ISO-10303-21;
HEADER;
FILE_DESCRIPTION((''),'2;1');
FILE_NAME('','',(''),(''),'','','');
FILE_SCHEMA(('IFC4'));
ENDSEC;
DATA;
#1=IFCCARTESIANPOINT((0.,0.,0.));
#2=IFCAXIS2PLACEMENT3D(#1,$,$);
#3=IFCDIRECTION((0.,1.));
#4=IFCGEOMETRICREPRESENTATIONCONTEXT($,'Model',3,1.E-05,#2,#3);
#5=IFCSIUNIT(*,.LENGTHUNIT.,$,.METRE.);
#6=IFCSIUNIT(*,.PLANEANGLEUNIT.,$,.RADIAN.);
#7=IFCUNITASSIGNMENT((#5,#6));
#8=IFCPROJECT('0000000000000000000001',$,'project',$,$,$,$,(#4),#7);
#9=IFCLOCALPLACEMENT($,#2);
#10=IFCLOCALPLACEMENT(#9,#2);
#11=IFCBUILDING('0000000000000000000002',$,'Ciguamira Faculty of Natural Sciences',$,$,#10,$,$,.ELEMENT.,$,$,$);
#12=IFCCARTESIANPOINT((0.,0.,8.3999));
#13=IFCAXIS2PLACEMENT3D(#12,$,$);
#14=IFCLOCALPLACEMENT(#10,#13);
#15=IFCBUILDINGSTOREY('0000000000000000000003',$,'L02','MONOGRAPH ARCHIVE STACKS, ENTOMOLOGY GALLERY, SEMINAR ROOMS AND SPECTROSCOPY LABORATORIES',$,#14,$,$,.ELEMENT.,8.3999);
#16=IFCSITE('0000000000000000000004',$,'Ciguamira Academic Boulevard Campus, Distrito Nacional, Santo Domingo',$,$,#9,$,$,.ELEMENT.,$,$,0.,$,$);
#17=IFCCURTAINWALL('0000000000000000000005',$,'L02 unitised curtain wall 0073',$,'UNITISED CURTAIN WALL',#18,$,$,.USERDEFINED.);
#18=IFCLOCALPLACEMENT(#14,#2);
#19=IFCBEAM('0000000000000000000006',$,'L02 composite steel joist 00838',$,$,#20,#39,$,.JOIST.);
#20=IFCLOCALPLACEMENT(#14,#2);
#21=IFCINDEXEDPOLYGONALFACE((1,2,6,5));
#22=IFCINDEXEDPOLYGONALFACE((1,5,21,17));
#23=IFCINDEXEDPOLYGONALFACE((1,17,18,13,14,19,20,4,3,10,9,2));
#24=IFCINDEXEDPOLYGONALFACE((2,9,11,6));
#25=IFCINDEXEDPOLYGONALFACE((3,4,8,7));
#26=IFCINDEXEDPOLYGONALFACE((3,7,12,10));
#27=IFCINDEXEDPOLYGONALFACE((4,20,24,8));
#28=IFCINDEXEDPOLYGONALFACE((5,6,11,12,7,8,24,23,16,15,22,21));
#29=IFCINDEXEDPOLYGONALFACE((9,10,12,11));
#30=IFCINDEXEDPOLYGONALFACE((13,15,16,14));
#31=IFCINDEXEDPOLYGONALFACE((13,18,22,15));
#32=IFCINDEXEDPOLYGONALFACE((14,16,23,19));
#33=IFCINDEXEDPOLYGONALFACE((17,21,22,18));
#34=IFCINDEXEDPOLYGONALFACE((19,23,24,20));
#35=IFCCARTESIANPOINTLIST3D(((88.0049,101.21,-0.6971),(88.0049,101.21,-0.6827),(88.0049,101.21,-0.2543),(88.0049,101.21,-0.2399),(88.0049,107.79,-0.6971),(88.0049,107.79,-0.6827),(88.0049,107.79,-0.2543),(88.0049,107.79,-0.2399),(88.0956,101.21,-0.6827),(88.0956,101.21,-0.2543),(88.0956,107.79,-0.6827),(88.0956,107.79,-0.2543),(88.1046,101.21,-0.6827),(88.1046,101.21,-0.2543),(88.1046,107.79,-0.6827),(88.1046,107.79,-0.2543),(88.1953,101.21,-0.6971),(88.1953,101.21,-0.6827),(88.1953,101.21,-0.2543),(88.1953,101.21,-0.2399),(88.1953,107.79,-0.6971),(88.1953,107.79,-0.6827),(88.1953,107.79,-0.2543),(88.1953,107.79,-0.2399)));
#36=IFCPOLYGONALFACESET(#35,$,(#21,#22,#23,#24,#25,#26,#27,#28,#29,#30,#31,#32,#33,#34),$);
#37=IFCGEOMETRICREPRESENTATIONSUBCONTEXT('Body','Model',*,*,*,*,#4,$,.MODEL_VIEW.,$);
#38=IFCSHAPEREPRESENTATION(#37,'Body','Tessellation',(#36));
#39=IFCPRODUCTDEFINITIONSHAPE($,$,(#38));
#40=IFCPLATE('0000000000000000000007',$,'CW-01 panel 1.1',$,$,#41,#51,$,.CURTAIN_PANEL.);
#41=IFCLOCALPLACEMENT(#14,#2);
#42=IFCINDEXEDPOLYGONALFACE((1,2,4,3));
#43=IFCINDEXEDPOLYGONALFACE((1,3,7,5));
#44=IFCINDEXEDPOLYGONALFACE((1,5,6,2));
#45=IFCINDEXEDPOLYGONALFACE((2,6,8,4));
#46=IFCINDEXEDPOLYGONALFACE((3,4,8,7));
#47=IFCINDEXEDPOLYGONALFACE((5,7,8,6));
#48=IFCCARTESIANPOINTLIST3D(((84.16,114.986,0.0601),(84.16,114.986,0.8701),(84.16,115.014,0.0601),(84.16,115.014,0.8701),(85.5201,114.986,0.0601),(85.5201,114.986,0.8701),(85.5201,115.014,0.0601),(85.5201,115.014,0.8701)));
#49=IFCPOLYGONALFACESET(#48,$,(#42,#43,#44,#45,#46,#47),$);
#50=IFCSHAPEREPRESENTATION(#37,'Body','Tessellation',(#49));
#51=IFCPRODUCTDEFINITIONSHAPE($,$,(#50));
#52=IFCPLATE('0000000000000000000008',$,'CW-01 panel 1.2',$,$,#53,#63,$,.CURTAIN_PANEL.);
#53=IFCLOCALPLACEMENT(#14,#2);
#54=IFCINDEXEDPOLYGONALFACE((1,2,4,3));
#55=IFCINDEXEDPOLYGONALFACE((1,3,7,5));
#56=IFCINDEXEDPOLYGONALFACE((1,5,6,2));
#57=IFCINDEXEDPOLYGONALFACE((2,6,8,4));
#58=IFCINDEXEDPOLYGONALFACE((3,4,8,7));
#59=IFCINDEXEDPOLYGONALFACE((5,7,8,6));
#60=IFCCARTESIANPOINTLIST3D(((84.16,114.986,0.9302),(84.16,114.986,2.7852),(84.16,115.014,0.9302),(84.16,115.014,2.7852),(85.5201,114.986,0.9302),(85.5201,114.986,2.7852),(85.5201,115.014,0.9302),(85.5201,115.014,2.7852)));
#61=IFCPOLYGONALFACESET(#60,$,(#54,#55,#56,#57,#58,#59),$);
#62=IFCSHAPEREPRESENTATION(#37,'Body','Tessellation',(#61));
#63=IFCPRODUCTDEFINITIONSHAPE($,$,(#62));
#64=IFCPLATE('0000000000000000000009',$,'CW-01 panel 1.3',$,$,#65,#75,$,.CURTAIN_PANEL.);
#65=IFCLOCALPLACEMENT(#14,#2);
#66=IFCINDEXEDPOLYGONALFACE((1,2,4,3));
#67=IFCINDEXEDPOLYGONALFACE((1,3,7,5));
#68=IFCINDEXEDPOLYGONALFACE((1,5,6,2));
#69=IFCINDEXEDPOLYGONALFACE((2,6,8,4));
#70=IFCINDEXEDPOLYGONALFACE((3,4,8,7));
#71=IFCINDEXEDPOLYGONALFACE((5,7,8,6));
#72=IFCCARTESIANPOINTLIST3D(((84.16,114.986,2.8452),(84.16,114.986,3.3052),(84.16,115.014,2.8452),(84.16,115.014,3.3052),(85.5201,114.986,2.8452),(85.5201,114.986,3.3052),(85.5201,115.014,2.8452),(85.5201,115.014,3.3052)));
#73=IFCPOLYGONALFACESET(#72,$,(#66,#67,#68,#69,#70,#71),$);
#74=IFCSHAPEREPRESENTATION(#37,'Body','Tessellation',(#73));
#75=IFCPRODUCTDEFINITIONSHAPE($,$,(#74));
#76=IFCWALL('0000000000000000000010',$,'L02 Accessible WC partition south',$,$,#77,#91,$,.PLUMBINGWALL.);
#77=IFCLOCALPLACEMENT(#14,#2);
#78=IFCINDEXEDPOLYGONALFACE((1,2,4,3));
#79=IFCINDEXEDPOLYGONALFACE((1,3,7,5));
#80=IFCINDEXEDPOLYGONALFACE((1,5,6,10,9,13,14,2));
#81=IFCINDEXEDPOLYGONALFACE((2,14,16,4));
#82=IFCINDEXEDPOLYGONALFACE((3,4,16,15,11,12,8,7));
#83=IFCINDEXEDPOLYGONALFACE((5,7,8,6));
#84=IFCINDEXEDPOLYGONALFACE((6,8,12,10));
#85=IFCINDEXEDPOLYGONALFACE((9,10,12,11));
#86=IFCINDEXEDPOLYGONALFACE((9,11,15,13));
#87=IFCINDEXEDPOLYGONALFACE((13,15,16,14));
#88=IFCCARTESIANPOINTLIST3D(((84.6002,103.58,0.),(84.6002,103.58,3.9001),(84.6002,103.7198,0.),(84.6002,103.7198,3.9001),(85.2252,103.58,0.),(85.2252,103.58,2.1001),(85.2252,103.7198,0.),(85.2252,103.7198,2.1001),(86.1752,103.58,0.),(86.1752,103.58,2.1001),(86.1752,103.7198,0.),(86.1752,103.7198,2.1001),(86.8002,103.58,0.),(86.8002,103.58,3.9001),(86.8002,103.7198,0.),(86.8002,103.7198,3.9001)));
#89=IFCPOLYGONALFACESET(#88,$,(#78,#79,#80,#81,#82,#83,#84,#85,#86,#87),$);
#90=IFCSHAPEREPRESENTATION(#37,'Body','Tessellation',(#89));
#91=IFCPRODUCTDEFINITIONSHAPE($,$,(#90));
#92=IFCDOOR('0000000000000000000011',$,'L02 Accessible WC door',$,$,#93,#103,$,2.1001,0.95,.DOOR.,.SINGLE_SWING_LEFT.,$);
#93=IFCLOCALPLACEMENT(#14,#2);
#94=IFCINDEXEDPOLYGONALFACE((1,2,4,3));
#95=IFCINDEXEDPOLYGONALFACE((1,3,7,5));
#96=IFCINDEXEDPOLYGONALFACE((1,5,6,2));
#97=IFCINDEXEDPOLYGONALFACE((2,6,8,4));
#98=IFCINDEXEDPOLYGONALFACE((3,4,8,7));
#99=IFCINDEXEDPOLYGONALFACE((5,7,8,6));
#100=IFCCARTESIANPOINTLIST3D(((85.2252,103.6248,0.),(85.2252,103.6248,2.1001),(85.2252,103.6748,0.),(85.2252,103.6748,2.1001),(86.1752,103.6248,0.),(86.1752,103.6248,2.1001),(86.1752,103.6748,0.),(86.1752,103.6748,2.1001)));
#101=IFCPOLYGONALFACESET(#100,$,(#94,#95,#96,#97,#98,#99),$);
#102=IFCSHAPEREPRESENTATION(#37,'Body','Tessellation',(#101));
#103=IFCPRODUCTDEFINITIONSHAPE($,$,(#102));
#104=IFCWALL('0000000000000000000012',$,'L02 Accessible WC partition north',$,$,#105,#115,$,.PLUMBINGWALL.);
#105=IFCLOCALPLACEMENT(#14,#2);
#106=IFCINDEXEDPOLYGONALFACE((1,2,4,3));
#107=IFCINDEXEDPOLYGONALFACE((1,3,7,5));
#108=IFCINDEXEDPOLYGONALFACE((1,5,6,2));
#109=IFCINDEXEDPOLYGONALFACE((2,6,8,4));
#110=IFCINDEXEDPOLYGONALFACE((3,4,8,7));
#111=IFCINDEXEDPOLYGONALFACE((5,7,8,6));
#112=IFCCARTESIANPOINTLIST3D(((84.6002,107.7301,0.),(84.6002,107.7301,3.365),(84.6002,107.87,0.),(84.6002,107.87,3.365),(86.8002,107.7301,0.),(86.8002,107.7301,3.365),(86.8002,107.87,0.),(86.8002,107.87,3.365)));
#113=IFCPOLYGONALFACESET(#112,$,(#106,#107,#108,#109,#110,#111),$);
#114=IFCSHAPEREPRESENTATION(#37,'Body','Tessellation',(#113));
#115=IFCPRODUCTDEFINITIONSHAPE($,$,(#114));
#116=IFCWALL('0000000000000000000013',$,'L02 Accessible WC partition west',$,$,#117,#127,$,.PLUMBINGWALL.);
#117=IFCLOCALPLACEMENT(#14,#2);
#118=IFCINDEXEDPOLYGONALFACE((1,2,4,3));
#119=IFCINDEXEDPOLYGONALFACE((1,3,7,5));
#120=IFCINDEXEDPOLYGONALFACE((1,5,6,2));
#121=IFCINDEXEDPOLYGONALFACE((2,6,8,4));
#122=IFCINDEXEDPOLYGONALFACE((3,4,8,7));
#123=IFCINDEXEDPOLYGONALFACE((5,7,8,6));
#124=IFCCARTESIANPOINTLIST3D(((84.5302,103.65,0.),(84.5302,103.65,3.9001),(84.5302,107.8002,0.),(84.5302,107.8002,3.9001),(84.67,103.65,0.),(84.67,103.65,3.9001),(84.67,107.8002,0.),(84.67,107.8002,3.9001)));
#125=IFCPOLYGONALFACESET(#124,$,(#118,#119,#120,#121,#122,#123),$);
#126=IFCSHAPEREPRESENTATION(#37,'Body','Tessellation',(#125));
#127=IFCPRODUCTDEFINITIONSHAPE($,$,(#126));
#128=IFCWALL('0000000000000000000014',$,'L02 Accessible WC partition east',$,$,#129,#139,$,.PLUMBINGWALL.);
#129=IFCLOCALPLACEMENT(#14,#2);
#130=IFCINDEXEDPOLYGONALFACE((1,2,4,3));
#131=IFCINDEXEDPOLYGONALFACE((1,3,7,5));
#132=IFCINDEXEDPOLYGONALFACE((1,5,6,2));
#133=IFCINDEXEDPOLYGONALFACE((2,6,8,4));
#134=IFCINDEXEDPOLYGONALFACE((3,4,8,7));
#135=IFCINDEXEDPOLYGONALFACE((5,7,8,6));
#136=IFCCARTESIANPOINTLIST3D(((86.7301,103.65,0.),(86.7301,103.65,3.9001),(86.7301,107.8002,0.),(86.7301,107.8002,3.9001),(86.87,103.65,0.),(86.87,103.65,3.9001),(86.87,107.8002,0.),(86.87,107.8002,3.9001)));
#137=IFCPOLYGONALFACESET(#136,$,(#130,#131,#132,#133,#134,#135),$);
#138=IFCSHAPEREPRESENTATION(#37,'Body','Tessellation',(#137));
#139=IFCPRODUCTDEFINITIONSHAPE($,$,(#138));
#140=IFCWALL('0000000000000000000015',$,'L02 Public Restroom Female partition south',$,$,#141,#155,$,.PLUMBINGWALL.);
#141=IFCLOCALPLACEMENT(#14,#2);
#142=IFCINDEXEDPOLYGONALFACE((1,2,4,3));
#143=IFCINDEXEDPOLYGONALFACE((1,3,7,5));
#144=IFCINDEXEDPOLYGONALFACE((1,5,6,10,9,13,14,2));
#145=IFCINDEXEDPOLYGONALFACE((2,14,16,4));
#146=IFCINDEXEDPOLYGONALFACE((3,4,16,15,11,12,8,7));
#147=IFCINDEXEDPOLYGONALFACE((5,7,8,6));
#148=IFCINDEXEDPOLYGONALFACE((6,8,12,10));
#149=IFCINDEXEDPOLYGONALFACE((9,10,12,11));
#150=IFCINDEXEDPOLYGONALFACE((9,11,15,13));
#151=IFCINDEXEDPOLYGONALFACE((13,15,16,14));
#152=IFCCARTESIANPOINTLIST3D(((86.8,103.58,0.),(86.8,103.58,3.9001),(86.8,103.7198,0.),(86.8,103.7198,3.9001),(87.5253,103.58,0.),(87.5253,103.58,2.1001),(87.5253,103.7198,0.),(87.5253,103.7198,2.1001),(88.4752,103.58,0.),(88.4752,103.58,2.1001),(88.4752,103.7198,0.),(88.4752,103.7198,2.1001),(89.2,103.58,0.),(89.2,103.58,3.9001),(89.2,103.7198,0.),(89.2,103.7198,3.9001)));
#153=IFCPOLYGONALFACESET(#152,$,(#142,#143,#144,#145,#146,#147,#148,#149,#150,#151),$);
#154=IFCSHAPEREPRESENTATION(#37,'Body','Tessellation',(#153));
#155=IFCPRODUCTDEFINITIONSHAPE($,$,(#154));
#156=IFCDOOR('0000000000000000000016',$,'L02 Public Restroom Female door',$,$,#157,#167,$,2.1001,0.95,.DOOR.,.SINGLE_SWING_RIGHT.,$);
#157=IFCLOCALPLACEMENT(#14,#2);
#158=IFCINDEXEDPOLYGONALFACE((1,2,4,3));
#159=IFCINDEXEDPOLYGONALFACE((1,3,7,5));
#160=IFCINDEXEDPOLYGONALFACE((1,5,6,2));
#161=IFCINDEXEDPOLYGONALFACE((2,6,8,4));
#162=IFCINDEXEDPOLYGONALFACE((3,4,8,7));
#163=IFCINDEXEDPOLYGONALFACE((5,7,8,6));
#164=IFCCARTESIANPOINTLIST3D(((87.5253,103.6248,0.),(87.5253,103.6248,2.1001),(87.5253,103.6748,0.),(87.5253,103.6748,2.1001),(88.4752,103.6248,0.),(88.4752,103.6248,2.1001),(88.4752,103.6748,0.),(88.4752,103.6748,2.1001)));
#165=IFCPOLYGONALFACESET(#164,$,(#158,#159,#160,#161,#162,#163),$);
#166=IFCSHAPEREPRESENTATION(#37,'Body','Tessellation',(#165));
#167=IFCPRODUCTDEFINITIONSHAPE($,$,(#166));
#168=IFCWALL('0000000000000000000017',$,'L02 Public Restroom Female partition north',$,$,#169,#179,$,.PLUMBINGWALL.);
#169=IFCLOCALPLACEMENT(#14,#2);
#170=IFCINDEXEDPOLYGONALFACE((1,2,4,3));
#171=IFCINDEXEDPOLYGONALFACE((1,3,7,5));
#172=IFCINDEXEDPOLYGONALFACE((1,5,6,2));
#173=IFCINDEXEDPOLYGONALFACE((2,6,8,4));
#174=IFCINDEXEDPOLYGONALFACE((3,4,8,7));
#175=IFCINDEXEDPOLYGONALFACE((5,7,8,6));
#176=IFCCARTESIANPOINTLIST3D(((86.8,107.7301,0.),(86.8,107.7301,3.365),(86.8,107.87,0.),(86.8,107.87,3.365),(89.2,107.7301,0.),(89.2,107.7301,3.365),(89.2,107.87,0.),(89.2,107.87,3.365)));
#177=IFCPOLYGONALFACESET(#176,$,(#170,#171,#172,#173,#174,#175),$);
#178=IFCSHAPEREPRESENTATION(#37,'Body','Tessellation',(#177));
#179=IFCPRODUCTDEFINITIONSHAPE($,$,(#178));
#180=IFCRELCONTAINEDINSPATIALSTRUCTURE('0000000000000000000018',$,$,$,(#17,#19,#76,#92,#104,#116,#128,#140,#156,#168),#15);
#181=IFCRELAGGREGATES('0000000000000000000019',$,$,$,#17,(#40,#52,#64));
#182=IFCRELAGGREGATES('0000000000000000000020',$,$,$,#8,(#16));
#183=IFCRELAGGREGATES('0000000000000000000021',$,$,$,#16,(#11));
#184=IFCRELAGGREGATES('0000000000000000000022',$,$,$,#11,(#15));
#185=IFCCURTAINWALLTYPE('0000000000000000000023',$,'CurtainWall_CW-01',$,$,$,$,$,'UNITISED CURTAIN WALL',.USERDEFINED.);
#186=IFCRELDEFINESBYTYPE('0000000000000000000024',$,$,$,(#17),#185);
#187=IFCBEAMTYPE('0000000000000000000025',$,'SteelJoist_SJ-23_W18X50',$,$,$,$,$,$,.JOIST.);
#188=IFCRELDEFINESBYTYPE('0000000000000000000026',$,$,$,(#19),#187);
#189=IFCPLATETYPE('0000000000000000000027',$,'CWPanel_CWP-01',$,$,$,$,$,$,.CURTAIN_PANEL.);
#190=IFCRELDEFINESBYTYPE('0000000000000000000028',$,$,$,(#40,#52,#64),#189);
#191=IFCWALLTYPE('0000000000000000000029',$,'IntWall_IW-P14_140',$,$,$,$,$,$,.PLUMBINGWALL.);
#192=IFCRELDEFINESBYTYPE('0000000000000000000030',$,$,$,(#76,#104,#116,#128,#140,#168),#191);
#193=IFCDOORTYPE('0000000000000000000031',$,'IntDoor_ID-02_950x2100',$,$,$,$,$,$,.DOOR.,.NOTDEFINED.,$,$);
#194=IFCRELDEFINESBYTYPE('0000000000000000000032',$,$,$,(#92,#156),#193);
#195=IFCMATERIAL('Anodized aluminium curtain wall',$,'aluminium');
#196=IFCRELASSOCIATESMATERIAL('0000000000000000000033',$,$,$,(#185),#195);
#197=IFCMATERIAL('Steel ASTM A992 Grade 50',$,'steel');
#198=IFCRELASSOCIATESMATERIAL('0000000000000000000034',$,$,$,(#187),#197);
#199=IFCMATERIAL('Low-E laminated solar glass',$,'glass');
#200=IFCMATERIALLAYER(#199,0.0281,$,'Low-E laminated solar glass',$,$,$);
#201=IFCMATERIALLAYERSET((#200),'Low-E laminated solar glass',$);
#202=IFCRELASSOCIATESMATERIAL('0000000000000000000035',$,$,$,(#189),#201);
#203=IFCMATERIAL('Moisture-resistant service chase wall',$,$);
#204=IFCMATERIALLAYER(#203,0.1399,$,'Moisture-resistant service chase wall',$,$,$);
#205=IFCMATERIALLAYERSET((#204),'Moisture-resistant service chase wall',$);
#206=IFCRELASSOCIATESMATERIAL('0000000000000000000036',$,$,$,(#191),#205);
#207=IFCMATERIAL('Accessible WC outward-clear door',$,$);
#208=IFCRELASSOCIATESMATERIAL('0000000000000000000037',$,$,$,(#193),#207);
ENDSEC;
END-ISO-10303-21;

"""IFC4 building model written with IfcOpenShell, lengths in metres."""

from ifc_helpers import new_model, si_unit, direction, frame, frame_2d, origin, origin_2d, place, context, subcontext, project, spatial, rectangle, i_section, extrude, material, layer, layer_set, material_profile, profile_set, type_object, element, fill, aggregate, save


model = new_model("IFC4")

# Units and contexts
model_context = context("Model", 3, precision=1e-05, world=origin(), true_north=direction((0.0, 1.0)))
body_context = subcontext(model_context, "Body", "Model", "MODEL_VIEW")
ifc_project = project(units=[si_unit("LENGTHUNIT", "METRE"), si_unit("PLANEANGLEUNIT", "RADIAN")], contexts=[model_context])

# Site, building, storey
site_placement = place(None, origin())
site = spatial("IfcSite", under=ifc_project, at=site_placement, Name="Ciguamira Academic Boulevard Campus, Distrito Nacional, Santo Domingo", CompositionType="ELEMENT", RefElevation=0.0)
building_placement = place(site_placement, origin())
building = spatial("IfcBuilding", under=site, at=building_placement, Name="Ciguamira Faculty of Natural Sciences", CompositionType="ELEMENT")
storey_placement = place(building_placement, frame((0.0, 0.0, 8.3999)))
storey = spatial("IfcBuildingStorey", under=building, at=storey_placement, Name="L02", Description="MONOGRAPH ARCHIVE STACKS, ENTOMOLOGY GALLERY, SEMINAR ROOMS AND SPECTROSCOPY LABORATORIES", CompositionType="ELEMENT", Elevation=8.3999)

# Curtain wall
ifc_material_1 = material(Name="Anodized aluminium curtain wall", Category="aluminium")
curtain_wall_type = type_object("IfcCurtainWallType", Name="CurtainWall_CW-01", ElementType="UNITISED CURTAIN WALL", PredefinedType="USERDEFINED", material=ifc_material_1)
curtain_wall_placement = place(storey_placement, origin())
curtain_wall = element("IfcCurtainWall", 1, at=curtain_wall_placement, inside=storey, type_object=curtain_wall_type, Name="L02 unitised curtain wall 0073", ObjectType="UNITISED CURTAIN WALL", PredefinedType="USERDEFINED")

# Beam
ifc_material_2 = material(Name="Steel ASTM A992 Grade 50", Category="steel")
ifc_material_profile_1 = material_profile(ifc_material_2, i_section(OverallWidth=0.1904, OverallDepth=0.4573, WebThickness=0.009, FlangeThickness=0.0144, at=origin_2d()), Name="W18X50")
ifc_profile_set_1 = profile_set([ifc_material_profile_1], Name="Steel ASTM A992 Grade 50")
beam_type_1 = type_object("IfcBeamType", Name="SteelJoist_SJ-23_W18X50", PredefinedType="JOIST", material=ifc_profile_set_1)
beam_1_placement = place(storey_placement, frame((88.1001, 101.21, -0.4685), z_axis=(0.0, 1.0, 0.0), x_axis=(-1.0, 0.0, 0.0)))
element("IfcBeam", 2, at=beam_1_placement, inside=storey, type_object=beam_type_1, Name="L02 composite steel joist 00838", PredefinedType="JOIST", context=body_context, shape_type="SweptSolid", body=[
    extrude(i_section(OverallWidth=0.1904, OverallDepth=0.4573, WebThickness=0.009, FlangeThickness=0.0144, at=origin_2d()), origin(), (0.0, 0.0, 1.0), 6.5801),
])

# Plates
ifc_material_3 = material(Name="Low-E laminated solar glass", Category="glass")
ifc_layer_1 = layer(ifc_material_3, 0.0281, Name="Low-E laminated solar glass")
ifc_layer_set_1 = layer_set([ifc_layer_1], Name="Low-E laminated solar glass")
plate_type = type_object("IfcPlateType", Name="CWPanel_CWP-01", PredefinedType="CURTAIN_PANEL", material=ifc_layer_set_1)
plate_1_placement = place(storey_placement, frame((84.8401, 115.0, 0.0601), z_axis=(0.0, 0.0, 1.0), x_axis=(1.0, 0.0, 0.0)))
plate_1 = element("IfcPlate", 3, at=plate_1_placement, type_object=plate_type, Name="CW-01 panel 1.1", PredefinedType="CURTAIN_PANEL", context=body_context, shape_type="SweptSolid", body=[
    extrude(rectangle(XDim=1.3601, YDim=0.0281, at=origin_2d()), origin(), (0.0, 0.0, 1.0), 0.8101),
])
plate_2_placement = place(storey_placement, frame((84.8401, 115.0, 0.9302), z_axis=(0.0, 0.0, 1.0), x_axis=(1.0, 0.0, 0.0)))
plate_2 = element("IfcPlate", 4, at=plate_2_placement, type_object=plate_type, Name="CW-01 panel 1.2", PredefinedType="CURTAIN_PANEL", context=body_context, shape_type="SweptSolid", body=[
    extrude(rectangle(XDim=1.3601, YDim=0.0281, at=origin_2d()), origin(), (0.0, 0.0, 1.0), 1.855),
])
plate_3_placement = place(storey_placement, frame((84.8401, 115.0, 2.8452), z_axis=(0.0, 0.0, 1.0), x_axis=(1.0, 0.0, 0.0)))
plate_3 = element("IfcPlate", 5, at=plate_3_placement, type_object=plate_type, Name="CW-01 panel 1.3", PredefinedType="CURTAIN_PANEL", context=body_context, shape_type="SweptSolid", body=[
    extrude(rectangle(XDim=1.3601, YDim=0.0281, at=origin_2d()), origin(), (0.0, 0.0, 1.0), 0.46),
])
aggregate(curtain_wall, [plate_1, plate_2, plate_3])

# Wall, opening, door
ifc_material_4 = material(Name="Moisture-resistant service chase wall")
ifc_layer_2 = layer(ifc_material_4, 0.1399, Name="Moisture-resistant service chase wall")
ifc_layer_set_2 = layer_set([ifc_layer_2], Name="Moisture-resistant service chase wall")
wall_type = type_object("IfcWallType", Name="IntWall_IW-P14_140", PredefinedType="PLUMBINGWALL", material=ifc_layer_set_2)
wall_1_placement = place(storey_placement, frame((84.6001, 103.6499, 0.0), z_axis=(0.0, 0.0, 1.0), x_axis=(1.0, 0.0, 0.0)))
wall_1 = element("IfcWall", 6, at=wall_1_placement, inside=storey, type_object=wall_type, Name="L02 Accessible WC partition south", PredefinedType="PLUMBINGWALL", context=body_context, shape_type="SweptSolid", body=[
    extrude(rectangle(XDim=2.2, YDim=0.1399, at=frame_2d((1.1001, 0.0))), origin(), (0.0, 0.0, 1.0), 3.9001),
])
opening_1_placement = place(wall_1_placement, frame((0.625, 0.0, 0.0)))
opening_1 = element("IfcOpeningElement", 7, at=opening_1_placement, cuts=wall_1, PredefinedType="OPENING", context=body_context, shape_type="SweptSolid", body=[
    extrude(rectangle(XDim=0.95, YDim=2.1001, at=frame_2d((0.4751, 1.05))), frame((0.0, 0.0798, 0.0), z_axis=(0.0, -1.0, 0.0), x_axis=(1.0, 0.0, 0.0)), (0.0, 0.0, 1.0), 0.1599),
])
ifc_material_5 = material(Name="Accessible WC outward-clear door")
door_type = type_object("IfcDoorType", Name="IntDoor_ID-02_950x2100", OperationType="NOTDEFINED", PredefinedType="DOOR", material=ifc_material_5)
door_1_placement = place(opening_1_placement, origin())
door_1 = element("IfcDoor", 8, at=door_1_placement, inside=storey, type_object=door_type, Name="L02 Accessible WC door", OperationType="SINGLE_SWING_LEFT", OverallHeight=2.1001, OverallWidth=0.95, PredefinedType="DOOR", context=body_context, shape_type="SweptSolid", body=[
    extrude(rectangle(XDim=0.95, YDim=2.1001, at=frame_2d((0.4751, 1.05))), frame((0.0, 0.0249, 0.0), z_axis=(0.0, -1.0, 0.0), x_axis=(1.0, 0.0, 0.0)), (0.0, 0.0, 1.0), 0.05),
])
fill(opening_1, door_1)

# Walls
wall_2_placement = place(storey_placement, frame((84.6001, 107.8, 0.0), z_axis=(0.0, 0.0, 1.0), x_axis=(1.0, 0.0, 0.0)))
element("IfcWall", 9, at=wall_2_placement, inside=storey, type_object=wall_type, Name="L02 Accessible WC partition north", PredefinedType="PLUMBINGWALL", context=body_context, shape_type="SweptSolid", body=[
    extrude(rectangle(XDim=2.2, YDim=0.1399, at=frame_2d((1.1001, 0.0))), origin(), (0.0, 0.0, 1.0), 3.365),
])
for number, where, z_axis, x_axis, name in (
    (10, (84.6001, 103.6499, 0.0), (0.0, 0.0, 1.0), (0.0, 1.0, 0.0), "L02 Accessible WC partition west"),
    (11, (86.8, 103.6499, 0.0), (0.0, 0.0, 1.0), (0.0, 1.0, 0.0), "L02 Accessible WC partition east"),
):
    element("IfcWall", number, at=place(storey_placement, frame(where, z_axis=z_axis, x_axis=x_axis)), inside=storey, type_object=wall_type, Name=name, PredefinedType="PLUMBINGWALL", context=body_context, shape_type="SweptSolid", body=[
        extrude(rectangle(XDim=4.1501, YDim=0.1399, at=frame_2d((2.0752, 0.0))), origin(), (0.0, 0.0, 1.0), 3.9001),
    ])

# Wall, opening, door
wall_3_placement = place(storey_placement, frame((86.8, 103.6499, 0.0), z_axis=(0.0, 0.0, 1.0), x_axis=(1.0, 0.0, 0.0)))
wall_3 = element("IfcWall", 12, at=wall_3_placement, inside=storey, type_object=wall_type, Name="L02 Public Restroom Female partition south", PredefinedType="PLUMBINGWALL", context=body_context, shape_type="SweptSolid", body=[
    extrude(rectangle(XDim=2.3999, YDim=0.1399, at=frame_2d((1.2, 0.0))), origin(), (0.0, 0.0, 1.0), 3.9001),
])
opening_2_placement = place(wall_3_placement, frame((0.7251, 0.0, 0.0)))
opening_2 = element("IfcOpeningElement", 13, at=opening_2_placement, cuts=wall_3, PredefinedType="OPENING", context=body_context, shape_type="SweptSolid", body=[
    extrude(rectangle(XDim=0.95, YDim=2.1001, at=frame_2d((0.4751, 1.05))), frame((0.0, 0.0798, 0.0), z_axis=(0.0, -1.0, 0.0), x_axis=(1.0, 0.0, 0.0)), (0.0, 0.0, 1.0), 0.1599),
])
door_2_placement = place(opening_2_placement, origin())
door_2 = element("IfcDoor", 14, at=door_2_placement, inside=storey, type_object=door_type, Name="L02 Public Restroom Female door", OperationType="SINGLE_SWING_RIGHT", OverallHeight=2.1001, OverallWidth=0.95, PredefinedType="DOOR", context=body_context, shape_type="SweptSolid", body=[
    extrude(rectangle(XDim=0.95, YDim=2.1001, at=frame_2d((0.4751, 1.05))), frame((0.0, 0.0249, 0.0), z_axis=(0.0, -1.0, 0.0), x_axis=(1.0, 0.0, 0.0)), (0.0, 0.0, 1.0), 0.05),
])
fill(opening_2, door_2)

# Wall
wall_4_placement = place(storey_placement, frame((86.8, 107.8, 0.0), z_axis=(0.0, 0.0, 1.0), x_axis=(1.0, 0.0, 0.0)))
element("IfcWall", 15, at=wall_4_placement, inside=storey, type_object=wall_type, Name="L02 Public Restroom Female partition north", PredefinedType="PLUMBINGWALL", context=body_context, shape_type="SweptSolid", body=[
    extrude(rectangle(XDim=2.3999, YDim=0.1399, at=frame_2d((1.2, 0.0))), origin(), (0.0, 0.0, 1.0), 3.365),
])

save(model, "model.ifc")
